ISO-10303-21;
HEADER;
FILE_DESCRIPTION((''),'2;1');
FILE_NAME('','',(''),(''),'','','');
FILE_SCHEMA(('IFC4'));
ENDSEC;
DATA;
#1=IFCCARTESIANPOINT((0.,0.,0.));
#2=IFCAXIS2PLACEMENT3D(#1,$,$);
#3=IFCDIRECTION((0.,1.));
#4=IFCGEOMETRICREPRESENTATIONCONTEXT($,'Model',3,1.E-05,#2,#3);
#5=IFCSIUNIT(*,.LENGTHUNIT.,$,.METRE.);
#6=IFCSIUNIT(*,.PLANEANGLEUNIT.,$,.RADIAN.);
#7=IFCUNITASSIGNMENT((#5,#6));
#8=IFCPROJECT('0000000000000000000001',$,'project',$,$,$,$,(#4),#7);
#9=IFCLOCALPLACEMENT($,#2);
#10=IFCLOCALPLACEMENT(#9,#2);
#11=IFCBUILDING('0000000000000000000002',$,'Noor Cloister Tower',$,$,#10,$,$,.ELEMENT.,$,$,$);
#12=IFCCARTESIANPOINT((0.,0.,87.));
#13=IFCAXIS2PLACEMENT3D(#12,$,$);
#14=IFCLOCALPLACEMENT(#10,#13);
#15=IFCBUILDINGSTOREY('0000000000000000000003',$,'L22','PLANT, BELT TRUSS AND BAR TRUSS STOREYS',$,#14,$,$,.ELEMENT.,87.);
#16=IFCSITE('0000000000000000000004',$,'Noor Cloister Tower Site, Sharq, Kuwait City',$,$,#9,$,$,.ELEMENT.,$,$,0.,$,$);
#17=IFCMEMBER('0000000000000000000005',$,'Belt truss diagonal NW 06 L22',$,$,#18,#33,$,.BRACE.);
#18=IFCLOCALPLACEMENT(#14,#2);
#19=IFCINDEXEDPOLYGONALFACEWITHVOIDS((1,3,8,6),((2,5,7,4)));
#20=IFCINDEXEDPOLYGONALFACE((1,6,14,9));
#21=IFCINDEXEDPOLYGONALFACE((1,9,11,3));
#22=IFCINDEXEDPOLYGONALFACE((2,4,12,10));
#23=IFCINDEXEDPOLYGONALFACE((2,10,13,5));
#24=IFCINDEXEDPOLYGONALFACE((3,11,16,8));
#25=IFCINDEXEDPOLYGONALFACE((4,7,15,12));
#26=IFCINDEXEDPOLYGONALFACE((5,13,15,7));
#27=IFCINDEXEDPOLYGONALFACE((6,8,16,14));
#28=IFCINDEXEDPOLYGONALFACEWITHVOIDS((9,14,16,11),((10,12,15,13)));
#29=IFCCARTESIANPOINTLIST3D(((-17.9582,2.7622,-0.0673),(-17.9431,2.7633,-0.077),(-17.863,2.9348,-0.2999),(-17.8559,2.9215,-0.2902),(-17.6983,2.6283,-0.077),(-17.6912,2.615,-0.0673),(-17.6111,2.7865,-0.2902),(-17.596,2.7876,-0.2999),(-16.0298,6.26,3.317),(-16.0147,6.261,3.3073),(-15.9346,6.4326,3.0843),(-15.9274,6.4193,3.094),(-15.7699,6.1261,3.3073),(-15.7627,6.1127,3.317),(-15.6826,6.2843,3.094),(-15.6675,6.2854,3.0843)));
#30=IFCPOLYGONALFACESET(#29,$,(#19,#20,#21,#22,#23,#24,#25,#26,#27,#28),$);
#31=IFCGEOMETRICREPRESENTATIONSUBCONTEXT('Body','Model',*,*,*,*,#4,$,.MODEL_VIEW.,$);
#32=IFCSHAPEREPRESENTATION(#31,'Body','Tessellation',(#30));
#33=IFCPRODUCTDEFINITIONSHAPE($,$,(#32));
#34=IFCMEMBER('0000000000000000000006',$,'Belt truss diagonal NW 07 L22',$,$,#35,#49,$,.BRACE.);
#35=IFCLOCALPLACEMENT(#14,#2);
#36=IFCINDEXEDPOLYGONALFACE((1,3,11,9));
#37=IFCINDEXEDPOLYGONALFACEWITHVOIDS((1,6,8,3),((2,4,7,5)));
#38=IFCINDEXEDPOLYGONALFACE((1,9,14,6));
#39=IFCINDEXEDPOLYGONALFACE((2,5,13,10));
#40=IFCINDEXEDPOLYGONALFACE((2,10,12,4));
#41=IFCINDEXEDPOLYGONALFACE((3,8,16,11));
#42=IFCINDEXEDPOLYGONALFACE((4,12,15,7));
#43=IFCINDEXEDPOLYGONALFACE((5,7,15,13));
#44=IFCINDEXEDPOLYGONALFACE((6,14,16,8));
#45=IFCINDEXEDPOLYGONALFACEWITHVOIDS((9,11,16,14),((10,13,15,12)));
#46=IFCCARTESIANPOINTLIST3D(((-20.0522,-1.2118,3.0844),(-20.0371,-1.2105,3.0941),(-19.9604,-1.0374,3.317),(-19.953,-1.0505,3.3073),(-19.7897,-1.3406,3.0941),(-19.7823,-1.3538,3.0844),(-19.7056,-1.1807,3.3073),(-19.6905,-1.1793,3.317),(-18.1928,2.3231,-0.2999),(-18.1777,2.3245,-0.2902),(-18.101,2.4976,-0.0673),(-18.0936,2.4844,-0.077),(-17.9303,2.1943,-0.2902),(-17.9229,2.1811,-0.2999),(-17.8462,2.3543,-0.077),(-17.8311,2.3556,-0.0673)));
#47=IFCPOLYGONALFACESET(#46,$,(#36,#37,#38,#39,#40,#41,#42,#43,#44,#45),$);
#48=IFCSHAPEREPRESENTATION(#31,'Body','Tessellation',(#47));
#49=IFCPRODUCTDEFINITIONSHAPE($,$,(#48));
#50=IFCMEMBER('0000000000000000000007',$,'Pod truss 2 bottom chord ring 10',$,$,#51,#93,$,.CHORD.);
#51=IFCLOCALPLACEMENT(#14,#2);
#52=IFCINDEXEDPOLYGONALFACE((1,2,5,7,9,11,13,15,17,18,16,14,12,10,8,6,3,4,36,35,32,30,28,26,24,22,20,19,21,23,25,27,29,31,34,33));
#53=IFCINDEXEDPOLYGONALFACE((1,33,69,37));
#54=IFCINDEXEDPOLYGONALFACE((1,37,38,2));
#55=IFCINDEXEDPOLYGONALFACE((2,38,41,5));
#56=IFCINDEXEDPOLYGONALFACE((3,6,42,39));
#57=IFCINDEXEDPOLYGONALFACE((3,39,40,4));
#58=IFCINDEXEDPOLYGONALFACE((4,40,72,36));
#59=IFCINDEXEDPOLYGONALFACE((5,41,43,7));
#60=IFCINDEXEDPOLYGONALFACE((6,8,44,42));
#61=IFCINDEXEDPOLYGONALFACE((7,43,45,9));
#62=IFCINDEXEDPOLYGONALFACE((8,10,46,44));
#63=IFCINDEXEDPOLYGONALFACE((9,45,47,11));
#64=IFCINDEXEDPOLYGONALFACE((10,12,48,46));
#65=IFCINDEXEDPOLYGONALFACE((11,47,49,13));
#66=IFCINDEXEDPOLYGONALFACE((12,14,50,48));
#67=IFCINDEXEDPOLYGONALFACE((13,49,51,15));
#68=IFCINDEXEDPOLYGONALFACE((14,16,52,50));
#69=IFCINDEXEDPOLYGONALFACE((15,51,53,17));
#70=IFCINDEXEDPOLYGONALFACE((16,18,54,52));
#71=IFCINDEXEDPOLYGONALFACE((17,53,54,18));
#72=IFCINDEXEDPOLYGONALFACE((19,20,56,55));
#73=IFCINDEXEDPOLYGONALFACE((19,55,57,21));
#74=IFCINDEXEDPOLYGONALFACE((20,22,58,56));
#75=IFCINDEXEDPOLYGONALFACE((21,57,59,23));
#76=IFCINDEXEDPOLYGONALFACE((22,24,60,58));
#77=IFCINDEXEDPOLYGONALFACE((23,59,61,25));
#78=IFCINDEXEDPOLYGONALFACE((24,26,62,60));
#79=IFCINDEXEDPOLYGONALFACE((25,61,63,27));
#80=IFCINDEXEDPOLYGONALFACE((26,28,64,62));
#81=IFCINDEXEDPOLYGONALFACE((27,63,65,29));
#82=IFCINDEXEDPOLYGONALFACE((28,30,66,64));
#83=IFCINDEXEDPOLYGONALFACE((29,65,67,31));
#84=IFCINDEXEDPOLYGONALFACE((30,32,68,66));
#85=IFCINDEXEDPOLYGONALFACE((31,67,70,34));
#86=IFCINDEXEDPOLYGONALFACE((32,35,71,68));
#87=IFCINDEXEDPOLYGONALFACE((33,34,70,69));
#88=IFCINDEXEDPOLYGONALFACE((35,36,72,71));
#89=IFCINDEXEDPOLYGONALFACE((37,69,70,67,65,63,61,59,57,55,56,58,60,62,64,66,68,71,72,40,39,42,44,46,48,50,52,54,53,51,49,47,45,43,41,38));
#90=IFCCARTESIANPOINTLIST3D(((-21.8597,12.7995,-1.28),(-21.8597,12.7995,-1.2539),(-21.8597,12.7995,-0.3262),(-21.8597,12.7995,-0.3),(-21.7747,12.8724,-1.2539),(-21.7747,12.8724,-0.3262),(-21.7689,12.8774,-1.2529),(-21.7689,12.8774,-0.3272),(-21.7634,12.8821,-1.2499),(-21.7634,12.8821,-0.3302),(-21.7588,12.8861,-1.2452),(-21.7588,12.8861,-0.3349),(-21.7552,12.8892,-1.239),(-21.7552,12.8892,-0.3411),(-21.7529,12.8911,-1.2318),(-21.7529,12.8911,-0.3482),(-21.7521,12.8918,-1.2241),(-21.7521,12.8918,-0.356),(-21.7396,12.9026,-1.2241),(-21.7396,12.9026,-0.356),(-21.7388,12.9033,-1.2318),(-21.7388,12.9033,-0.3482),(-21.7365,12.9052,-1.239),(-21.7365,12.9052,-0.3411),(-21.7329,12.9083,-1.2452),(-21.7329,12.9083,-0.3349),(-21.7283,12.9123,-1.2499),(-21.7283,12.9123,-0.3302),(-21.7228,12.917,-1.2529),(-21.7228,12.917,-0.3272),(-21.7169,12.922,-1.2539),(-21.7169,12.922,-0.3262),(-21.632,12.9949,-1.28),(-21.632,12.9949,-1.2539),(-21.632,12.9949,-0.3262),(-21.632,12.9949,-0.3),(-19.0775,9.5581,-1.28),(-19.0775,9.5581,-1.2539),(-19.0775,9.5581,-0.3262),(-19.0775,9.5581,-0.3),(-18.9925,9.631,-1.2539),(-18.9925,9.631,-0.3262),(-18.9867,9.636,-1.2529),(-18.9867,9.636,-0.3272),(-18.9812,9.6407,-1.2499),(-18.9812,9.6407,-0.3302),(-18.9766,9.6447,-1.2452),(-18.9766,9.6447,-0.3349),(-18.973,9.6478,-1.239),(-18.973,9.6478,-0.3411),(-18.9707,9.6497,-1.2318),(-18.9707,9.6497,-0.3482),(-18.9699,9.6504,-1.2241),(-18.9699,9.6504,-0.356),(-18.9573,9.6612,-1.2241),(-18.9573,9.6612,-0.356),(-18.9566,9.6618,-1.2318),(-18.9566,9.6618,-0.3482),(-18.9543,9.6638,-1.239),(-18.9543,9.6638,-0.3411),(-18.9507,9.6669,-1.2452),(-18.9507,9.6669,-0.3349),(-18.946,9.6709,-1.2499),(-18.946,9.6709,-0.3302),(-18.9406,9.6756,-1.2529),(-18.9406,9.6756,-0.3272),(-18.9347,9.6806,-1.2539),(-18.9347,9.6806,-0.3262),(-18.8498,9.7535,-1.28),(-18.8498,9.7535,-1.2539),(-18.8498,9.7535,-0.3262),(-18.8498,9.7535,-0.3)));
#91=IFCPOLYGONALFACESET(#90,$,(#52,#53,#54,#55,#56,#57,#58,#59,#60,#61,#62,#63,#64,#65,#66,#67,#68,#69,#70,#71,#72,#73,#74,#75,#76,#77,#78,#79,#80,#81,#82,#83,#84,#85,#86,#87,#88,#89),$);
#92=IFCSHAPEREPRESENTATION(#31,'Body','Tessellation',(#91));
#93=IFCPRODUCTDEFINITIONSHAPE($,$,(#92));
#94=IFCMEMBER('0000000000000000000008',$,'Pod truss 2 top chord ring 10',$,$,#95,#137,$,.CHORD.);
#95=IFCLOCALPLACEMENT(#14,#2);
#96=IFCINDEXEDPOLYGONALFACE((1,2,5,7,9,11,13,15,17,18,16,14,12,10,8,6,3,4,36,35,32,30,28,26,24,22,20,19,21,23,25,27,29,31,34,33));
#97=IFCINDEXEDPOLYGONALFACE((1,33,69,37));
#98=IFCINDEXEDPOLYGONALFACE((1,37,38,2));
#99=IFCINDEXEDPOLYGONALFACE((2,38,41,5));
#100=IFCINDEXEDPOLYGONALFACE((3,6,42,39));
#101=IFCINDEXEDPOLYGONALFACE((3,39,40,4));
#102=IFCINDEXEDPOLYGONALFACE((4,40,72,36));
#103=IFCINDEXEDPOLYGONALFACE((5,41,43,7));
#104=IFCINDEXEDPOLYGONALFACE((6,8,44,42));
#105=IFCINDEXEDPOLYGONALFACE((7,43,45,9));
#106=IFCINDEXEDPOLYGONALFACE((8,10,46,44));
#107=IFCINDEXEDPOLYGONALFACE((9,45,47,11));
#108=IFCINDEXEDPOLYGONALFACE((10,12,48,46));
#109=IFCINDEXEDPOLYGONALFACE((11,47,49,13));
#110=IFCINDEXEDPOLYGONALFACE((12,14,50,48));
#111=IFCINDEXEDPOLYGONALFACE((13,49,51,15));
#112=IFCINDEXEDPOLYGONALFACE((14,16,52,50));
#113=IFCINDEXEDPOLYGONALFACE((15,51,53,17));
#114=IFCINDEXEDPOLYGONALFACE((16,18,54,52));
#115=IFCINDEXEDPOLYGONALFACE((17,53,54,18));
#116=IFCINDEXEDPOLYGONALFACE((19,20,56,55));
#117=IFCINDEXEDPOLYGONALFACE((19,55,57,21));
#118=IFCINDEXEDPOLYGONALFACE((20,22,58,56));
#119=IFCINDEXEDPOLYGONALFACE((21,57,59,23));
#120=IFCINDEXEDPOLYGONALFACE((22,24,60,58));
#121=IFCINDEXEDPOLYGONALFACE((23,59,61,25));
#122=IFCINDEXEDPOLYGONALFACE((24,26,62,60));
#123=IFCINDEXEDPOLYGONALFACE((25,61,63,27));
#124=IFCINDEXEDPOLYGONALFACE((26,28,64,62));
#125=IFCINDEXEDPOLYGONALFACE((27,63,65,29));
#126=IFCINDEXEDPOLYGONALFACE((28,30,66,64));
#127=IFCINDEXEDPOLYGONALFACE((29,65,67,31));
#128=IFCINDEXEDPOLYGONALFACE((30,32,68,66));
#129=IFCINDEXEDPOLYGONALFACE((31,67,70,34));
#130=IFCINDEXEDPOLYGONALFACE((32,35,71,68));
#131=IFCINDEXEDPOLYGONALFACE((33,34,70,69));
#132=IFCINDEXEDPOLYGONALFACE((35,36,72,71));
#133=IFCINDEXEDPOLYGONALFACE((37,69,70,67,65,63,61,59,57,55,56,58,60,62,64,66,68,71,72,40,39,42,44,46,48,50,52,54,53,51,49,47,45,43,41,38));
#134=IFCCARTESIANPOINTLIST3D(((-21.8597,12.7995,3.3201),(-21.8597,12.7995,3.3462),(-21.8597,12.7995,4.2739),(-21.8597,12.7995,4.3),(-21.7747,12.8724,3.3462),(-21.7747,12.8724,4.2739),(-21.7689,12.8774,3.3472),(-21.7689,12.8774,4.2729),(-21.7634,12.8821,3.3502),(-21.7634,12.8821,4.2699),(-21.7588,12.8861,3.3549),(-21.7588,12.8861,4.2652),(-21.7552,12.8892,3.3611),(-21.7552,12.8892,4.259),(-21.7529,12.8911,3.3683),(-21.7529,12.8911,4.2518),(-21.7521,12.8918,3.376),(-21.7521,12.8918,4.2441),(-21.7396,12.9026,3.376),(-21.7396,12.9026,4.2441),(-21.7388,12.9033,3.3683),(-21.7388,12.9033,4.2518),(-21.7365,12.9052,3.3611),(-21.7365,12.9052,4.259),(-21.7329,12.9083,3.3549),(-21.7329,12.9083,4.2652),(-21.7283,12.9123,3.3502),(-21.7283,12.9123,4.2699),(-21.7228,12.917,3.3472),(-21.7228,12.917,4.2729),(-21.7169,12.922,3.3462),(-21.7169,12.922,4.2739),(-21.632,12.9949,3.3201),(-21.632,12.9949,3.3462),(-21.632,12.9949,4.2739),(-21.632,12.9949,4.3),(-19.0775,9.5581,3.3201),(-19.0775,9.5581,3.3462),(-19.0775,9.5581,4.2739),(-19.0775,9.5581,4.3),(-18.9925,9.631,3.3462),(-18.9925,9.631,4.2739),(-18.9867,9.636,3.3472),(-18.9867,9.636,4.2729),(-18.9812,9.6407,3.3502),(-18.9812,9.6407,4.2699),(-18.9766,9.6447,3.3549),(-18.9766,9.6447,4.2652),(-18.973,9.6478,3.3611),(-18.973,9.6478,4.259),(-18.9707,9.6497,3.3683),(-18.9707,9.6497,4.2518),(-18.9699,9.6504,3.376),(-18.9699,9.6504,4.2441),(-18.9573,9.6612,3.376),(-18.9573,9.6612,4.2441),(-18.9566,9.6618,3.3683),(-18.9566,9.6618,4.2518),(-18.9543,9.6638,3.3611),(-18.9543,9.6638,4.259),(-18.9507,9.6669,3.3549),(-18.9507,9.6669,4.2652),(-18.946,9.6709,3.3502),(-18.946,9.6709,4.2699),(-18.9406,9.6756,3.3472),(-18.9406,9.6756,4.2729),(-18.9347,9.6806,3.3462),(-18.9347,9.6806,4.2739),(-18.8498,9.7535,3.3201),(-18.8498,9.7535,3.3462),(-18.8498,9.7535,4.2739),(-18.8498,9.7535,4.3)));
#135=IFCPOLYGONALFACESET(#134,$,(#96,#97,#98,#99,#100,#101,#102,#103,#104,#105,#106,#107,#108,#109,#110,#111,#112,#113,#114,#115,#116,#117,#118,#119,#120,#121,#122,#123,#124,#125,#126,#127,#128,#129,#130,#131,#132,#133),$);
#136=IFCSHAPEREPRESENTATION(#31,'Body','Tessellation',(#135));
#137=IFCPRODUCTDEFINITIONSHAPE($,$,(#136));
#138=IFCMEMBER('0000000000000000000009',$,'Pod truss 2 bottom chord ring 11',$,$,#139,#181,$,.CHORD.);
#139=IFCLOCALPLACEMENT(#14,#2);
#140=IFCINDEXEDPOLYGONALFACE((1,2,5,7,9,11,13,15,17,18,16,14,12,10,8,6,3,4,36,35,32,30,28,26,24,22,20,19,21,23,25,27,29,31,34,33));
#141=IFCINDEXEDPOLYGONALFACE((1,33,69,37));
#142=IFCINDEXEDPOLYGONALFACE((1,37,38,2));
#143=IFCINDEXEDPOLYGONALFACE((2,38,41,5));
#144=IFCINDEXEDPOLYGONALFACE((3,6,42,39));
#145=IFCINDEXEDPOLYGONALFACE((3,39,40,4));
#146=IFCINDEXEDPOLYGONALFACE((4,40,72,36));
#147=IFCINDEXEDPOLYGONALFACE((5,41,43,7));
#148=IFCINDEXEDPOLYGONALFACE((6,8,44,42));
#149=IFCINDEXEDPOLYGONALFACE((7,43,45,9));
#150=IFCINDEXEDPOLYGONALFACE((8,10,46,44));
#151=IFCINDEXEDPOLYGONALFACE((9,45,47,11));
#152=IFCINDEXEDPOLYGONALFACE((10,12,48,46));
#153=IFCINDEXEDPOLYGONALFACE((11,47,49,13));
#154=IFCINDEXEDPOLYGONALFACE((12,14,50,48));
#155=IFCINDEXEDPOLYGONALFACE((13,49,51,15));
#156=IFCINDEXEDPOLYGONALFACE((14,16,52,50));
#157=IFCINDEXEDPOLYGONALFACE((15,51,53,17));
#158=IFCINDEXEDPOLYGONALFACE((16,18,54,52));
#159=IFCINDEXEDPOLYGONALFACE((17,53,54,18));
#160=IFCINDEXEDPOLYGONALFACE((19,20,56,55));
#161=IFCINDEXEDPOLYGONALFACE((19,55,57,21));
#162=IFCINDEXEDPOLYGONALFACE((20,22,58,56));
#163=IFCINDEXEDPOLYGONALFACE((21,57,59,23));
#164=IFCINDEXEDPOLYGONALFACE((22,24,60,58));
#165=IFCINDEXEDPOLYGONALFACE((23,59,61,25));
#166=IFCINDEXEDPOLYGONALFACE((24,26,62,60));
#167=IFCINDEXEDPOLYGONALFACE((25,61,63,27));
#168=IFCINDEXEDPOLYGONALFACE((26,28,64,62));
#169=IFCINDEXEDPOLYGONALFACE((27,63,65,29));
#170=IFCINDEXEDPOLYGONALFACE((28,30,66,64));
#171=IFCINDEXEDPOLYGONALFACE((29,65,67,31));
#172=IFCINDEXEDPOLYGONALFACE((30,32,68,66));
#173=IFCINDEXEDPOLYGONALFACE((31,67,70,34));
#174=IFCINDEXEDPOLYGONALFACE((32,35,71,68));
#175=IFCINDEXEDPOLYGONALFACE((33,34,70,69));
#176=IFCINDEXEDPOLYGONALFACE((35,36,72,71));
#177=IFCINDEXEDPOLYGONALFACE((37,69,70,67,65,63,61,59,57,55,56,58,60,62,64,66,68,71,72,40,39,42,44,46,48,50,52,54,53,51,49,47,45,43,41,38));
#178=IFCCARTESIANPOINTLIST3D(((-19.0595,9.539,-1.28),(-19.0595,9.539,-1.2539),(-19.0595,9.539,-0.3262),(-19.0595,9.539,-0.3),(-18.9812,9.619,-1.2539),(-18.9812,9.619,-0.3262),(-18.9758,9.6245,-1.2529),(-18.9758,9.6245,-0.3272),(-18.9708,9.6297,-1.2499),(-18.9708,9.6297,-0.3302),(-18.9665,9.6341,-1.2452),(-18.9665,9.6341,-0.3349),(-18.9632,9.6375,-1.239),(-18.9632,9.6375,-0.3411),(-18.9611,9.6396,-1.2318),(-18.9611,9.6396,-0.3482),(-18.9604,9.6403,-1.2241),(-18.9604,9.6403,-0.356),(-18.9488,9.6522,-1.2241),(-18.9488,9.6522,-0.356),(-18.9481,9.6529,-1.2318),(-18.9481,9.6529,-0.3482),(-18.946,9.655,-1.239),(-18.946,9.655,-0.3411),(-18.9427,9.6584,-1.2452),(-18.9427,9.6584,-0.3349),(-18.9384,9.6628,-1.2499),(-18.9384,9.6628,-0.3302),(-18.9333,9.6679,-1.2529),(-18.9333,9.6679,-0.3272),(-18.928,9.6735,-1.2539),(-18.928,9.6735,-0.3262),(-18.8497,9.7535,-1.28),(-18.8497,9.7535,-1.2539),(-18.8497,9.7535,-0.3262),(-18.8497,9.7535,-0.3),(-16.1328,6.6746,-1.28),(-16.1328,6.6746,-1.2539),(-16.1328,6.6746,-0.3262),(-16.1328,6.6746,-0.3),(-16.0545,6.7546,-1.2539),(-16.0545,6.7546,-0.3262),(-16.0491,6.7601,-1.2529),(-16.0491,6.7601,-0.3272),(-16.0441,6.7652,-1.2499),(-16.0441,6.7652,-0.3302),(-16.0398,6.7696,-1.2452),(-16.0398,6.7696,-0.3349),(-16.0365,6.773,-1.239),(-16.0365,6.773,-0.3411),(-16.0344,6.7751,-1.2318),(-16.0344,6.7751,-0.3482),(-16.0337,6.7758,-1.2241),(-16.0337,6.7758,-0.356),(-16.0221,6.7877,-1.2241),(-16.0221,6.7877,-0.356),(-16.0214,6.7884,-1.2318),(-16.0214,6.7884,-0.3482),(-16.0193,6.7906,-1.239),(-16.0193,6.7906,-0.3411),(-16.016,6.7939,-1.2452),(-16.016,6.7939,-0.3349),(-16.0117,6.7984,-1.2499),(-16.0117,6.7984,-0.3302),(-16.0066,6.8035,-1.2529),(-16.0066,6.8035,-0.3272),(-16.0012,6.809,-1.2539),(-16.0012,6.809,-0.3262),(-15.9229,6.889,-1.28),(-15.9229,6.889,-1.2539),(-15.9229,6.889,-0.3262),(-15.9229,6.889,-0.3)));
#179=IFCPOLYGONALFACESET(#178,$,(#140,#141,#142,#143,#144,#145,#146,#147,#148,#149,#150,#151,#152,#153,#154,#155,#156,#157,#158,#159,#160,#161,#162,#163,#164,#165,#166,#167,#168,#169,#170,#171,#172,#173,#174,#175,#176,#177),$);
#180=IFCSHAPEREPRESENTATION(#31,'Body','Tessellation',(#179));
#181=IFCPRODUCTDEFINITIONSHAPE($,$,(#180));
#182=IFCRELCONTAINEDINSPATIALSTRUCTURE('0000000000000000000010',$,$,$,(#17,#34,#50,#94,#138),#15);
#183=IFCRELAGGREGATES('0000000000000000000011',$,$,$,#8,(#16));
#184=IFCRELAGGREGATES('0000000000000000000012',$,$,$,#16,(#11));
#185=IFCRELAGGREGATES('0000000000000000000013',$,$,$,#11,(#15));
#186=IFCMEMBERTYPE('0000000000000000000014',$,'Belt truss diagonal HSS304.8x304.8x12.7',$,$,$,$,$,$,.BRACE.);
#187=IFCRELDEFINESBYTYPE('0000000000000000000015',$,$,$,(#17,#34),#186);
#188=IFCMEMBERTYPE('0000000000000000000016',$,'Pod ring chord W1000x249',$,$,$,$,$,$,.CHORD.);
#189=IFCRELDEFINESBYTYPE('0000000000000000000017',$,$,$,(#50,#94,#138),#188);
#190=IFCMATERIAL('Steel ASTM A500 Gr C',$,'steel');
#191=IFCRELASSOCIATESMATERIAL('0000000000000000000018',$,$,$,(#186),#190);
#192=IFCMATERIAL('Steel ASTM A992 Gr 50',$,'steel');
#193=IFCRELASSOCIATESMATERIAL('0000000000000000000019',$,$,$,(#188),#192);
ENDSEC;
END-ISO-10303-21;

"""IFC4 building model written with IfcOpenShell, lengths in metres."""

from ifc_helpers import new_model, si_unit, direction, frame, origin, origin_2d, place, context, subcontext, project, spatial, hollow_rectangle, i_section, extrude, material, material_profile, profile_set, type_object, element, save


model = new_model("IFC4")

# Units and contexts
model_context = context("Model", 3, precision=1e-05, world=origin(), true_north=direction((0.0, 1.0)))
body_context = subcontext(model_context, "Body", "Model", "MODEL_VIEW")
ifc_project = project(units=[si_unit("LENGTHUNIT", "METRE"), si_unit("PLANEANGLEUNIT", "RADIAN")], contexts=[model_context])

# Site, building, storey
site_placement = place(None, origin())
site = spatial("IfcSite", under=ifc_project, at=site_placement, Name="Noor Cloister Tower Site, Sharq, Kuwait City", CompositionType="ELEMENT", RefElevation=0.0)
building_placement = place(site_placement, origin())
building = spatial("IfcBuilding", under=site, at=building_placement, Name="Noor Cloister Tower", CompositionType="ELEMENT")
storey_placement = place(building_placement, frame((0.0, 0.0, 87.0)))
storey = spatial("IfcBuildingStorey", under=building, at=storey_placement, Name="L22", Description="PLANT, BELT TRUSS AND BAR TRUSS STOREYS", CompositionType="ELEMENT", Elevation=87.0)

# Members
ifc_material_1 = material(Name="Steel ASTM A500 Gr C", Category="steel")
ifc_material_profile_1 = material_profile(ifc_material_1, hollow_rectangle(XDim=0.3049, YDim=0.3049, WallThickness=0.0127, at=origin_2d()), Name="HSS304.8x304.8x12.7")
ifc_profile_set_1 = profile_set([ifc_material_profile_1], Name="Steel ASTM A500 Gr C")
member_type_1 = type_object("IfcMemberType", Name="Belt truss diagonal HSS304.8x304.8x12.7", PredefinedType="BRACE", material=ifc_profile_set_1)
for number, where, z_axis, x_axis, name in (
    (1, (-17.7771, 2.7749, -0.1836), (0.368368, 0.668136, 0.646451), (-0.875721, 0.482817, 0.0), "Belt truss diagonal NW 06 L22"),
    (2, (-18.012, 2.3394, -0.1836), (-0.355175, -0.675234, 0.64646), (0.885032, -0.46553, 0.0), "Belt truss diagonal NW 07 L22"),
):
    element("IfcMember", number, at=place(storey_placement, frame(where, z_axis=z_axis, x_axis=x_axis)), inside=storey, type_object=member_type_1, Name=name, PredefinedType="BRACE", context=body_context, shape_type="SweptSolid", body=[
        extrude(hollow_rectangle(XDim=0.3049, YDim=0.3049, WallThickness=0.0127, at=origin_2d()), origin(), (0.0, 0.0, 1.0), 5.2351),
    ])
ifc_material_2 = material(Name="Steel ASTM A992 Gr 50", Category="steel")
ifc_material_profile_2 = material_profile(ifc_material_2, i_section(OverallWidth=0.3, OverallDepth=0.98, WebThickness=0.0166, FlangeThickness=0.0261, FilletRadius=0.0298, at=origin_2d()), Name="W1000x249")
ifc_profile_set_2 = profile_set([ifc_material_profile_2], Name="Steel ASTM A992 Gr 50")
member_type_2 = type_object("IfcMemberType", Name="Pod ring chord W1000x249", PredefinedType="CHORD", material=ifc_profile_set_2)
for number, where, z_axis, x_axis, name in (
    (3, (-21.7458, 12.8972, -0.79), (0.651309, -0.758813, 0.0), (0.758813, 0.651309, 0.0), "Pod truss 2 bottom chord ring 10"),
    (4, (-21.7458, 12.8972, 3.8101), (0.651309, -0.758813, 0.0), (0.758813, 0.651309, 0.0), "Pod truss 2 top chord ring 10"),
):
    element("IfcMember", number, at=place(storey_placement, frame(where, z_axis=z_axis, x_axis=x_axis)), inside=storey, type_object=member_type_2, Name=name, PredefinedType="CHORD", context=body_context, shape_type="SweptSolid", body=[
        extrude(i_section(OverallWidth=0.3, OverallDepth=0.98, WebThickness=0.0166, FlangeThickness=0.0261, FilletRadius=0.0298, at=origin_2d()), origin(), (0.0, 0.0, 1.0), 4.2717),
    ])
member_1_placement = place(storey_placement, frame((-18.9546, 9.6462, -0.79), z_axis=(0.714667, -0.699465, 0.0), x_axis=(0.699465, 0.714667, 0.0)))
element("IfcMember", 5, at=member_1_placement, inside=storey, type_object=member_type_2, Name="Pod truss 2 bottom chord ring 11", PredefinedType="CHORD", context=body_context, shape_type="SweptSolid", body=[
    extrude(i_section(OverallWidth=0.3, OverallDepth=0.98, WebThickness=0.0166, FlangeThickness=0.0261, FilletRadius=0.0298, at=origin_2d()), origin(), (0.0, 0.0, 1.0), 4.0952),
])

save(model, "model.ifc")
